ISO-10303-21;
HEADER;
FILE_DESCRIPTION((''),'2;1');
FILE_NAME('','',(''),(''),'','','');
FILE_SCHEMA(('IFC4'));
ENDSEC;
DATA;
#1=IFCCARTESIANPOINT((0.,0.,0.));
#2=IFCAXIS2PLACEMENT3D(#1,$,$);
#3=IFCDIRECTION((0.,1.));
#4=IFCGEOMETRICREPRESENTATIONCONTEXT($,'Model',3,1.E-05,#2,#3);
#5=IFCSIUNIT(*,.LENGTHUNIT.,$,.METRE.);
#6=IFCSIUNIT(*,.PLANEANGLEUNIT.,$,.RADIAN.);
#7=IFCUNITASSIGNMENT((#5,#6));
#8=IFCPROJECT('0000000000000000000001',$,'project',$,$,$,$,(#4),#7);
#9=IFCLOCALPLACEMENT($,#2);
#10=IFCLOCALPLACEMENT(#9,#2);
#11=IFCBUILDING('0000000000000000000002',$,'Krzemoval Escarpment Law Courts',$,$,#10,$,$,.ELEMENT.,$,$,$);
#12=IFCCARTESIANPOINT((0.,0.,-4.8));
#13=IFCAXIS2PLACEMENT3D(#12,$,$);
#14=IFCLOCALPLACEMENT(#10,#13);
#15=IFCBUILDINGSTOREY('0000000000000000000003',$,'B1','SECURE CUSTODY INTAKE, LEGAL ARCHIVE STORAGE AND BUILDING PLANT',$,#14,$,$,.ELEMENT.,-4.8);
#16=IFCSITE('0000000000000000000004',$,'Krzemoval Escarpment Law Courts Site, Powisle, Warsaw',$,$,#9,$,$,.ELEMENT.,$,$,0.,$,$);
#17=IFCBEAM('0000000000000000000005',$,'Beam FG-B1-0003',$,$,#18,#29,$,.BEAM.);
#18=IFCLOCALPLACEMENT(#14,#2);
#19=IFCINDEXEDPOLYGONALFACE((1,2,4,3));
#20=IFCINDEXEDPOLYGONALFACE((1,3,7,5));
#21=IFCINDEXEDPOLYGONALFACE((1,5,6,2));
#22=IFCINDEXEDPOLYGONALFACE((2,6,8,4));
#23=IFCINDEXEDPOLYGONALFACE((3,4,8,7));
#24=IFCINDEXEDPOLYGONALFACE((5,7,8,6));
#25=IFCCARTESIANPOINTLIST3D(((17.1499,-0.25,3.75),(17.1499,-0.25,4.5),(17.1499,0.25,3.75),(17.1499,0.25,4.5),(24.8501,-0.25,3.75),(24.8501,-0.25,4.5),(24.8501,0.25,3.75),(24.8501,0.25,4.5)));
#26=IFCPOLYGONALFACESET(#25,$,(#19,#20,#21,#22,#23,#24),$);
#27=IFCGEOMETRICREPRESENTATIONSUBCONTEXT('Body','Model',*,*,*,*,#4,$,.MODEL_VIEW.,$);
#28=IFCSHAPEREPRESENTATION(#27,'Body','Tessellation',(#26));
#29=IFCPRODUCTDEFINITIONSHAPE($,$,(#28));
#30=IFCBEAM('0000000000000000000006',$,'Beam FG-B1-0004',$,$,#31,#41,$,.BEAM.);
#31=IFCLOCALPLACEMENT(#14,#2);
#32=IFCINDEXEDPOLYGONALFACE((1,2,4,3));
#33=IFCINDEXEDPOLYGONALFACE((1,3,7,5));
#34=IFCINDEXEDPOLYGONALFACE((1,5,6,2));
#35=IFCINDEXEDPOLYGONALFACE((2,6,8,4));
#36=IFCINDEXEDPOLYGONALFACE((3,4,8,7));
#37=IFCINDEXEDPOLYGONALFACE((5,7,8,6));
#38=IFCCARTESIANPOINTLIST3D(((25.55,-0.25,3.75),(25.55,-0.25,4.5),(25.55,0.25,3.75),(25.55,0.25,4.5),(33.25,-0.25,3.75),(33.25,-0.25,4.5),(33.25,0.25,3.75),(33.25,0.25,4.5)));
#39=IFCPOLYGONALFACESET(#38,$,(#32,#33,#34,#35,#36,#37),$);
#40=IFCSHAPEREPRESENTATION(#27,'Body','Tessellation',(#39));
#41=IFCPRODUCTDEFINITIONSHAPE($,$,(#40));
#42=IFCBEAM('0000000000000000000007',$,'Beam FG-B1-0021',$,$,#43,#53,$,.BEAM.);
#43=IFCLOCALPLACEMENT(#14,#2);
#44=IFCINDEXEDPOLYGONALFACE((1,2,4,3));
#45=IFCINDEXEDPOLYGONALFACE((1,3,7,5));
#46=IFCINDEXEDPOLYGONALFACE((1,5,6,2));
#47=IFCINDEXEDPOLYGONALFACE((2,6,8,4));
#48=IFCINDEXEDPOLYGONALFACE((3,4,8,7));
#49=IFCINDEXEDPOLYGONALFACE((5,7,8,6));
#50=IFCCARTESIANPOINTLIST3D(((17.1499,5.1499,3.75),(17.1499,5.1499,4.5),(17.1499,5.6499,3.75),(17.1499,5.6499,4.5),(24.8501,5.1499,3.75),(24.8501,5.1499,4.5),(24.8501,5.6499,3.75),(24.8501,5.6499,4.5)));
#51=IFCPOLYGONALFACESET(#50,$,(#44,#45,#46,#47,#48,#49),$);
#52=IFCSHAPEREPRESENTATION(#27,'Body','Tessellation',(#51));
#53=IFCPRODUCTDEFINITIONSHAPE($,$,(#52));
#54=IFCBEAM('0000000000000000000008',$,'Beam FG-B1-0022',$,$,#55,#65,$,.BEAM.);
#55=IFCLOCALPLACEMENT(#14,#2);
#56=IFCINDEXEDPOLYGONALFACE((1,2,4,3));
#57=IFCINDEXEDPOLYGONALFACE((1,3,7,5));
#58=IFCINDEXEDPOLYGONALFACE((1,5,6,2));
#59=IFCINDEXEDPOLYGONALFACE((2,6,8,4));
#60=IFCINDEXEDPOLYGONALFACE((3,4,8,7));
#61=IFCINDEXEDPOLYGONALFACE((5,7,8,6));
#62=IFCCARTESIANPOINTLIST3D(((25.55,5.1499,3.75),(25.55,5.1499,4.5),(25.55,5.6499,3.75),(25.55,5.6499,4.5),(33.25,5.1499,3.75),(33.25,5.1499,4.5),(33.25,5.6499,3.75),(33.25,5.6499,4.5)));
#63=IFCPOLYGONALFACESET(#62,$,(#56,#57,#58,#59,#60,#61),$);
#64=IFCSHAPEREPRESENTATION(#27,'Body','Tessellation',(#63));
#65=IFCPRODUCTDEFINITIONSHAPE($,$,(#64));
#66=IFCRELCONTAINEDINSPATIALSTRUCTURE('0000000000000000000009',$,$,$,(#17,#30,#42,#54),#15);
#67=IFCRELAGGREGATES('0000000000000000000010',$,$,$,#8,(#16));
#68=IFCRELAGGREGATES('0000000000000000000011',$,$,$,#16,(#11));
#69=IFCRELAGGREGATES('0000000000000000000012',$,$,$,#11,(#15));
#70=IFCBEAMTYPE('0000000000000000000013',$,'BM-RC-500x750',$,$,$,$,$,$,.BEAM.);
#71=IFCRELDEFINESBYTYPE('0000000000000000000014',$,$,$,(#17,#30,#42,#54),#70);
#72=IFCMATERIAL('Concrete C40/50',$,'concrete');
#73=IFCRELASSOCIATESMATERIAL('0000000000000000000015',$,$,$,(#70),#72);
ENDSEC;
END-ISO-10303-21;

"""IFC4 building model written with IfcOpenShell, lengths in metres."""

from ifc_helpers import new_model, si_unit, direction, frame, origin, origin_2d, place, context, subcontext, project, spatial, rectangle, extrude, material, material_profile, profile_set, type_object, element, save


model = new_model("IFC4")

# Units and contexts
model_context = context("Model", 3, precision=1e-05, world=origin(), true_north=direction((0.0, 1.0)))
body_context = subcontext(model_context, "Body", "Model", "MODEL_VIEW")
ifc_project = project(units=[si_unit("LENGTHUNIT", "METRE"), si_unit("PLANEANGLEUNIT", "RADIAN")], contexts=[model_context])

# Site, building, storey
site_placement = place(None, origin())
site = spatial("IfcSite", under=ifc_project, at=site_placement, Name="Krzemoval Escarpment Law Courts Site, Powisle, Warsaw", CompositionType="ELEMENT", RefElevation=0.0)
building_placement = place(site_placement, origin())
building = spatial("IfcBuilding", under=site, at=building_placement, Name="Krzemoval Escarpment Law Courts", CompositionType="ELEMENT")
storey_placement = place(building_placement, frame((0.0, 0.0, -4.8)))
storey = spatial("IfcBuildingStorey", under=building, at=storey_placement, Name="B1", Description="SECURE CUSTODY INTAKE, LEGAL ARCHIVE STORAGE AND BUILDING PLANT", CompositionType="ELEMENT", Elevation=-4.8)

# Beams
ifc_material_1 = material(Name="Concrete C40/50", Category="concrete")
ifc_material_profile_1 = material_profile(ifc_material_1, rectangle(XDim=0.5, YDim=0.75, at=origin_2d()), Name="RCB 500x750")
ifc_profile_set_1 = profile_set([ifc_material_profile_1], Name="Concrete C40/50")
beam_type_1 = type_object("IfcBeamType", Name="BM-RC-500x750", PredefinedType="BEAM", material=ifc_profile_set_1)
beam_1_placement = place(storey_placement, frame((17.1499, 0.0, 4.125), z_axis=(1.0, 0.0, 0.0), x_axis=(0.0, 1.0, 0.0)))
element("IfcBeam", 1, at=beam_1_placement, inside=storey, type_object=beam_type_1, Name="Beam FG-B1-0003", PredefinedType="BEAM", context=body_context, shape_type="SweptSolid", body=[
    extrude(rectangle(XDim=0.5, YDim=0.75, at=origin_2d()), origin(), (0.0, 0.0, 1.0), 7.7002),
])
beam_2_placement = place(storey_placement, frame((25.55, 0.0, 4.125), z_axis=(1.0, 0.0, 0.0), x_axis=(0.0, 1.0, 0.0)))
element("IfcBeam", 2, at=beam_2_placement, inside=storey, type_object=beam_type_1, Name="Beam FG-B1-0004", PredefinedType="BEAM", context=body_context, shape_type="SweptSolid", body=[
    extrude(rectangle(XDim=0.5, YDim=0.75, at=origin_2d()), origin(), (0.0, 0.0, 1.0), 7.7),
])
beam_3_placement = place(storey_placement, frame((17.1499, 5.3999, 4.125), z_axis=(1.0, 0.0, 0.0), x_axis=(0.0, 1.0, 0.0)))
element("IfcBeam", 3, at=beam_3_placement, inside=storey, type_object=beam_type_1, Name="Beam FG-B1-0021", PredefinedType="BEAM", context=body_context, shape_type="SweptSolid", body=[
    extrude(rectangle(XDim=0.5, YDim=0.75, at=origin_2d()), origin(), (0.0, 0.0, 1.0), 7.7002),
])
beam_4_placement = place(storey_placement, frame((25.55, 5.3999, 4.125), z_axis=(1.0, 0.0, 0.0), x_axis=(0.0, 1.0, 0.0)))
element("IfcBeam", 4, at=beam_4_placement, inside=storey, type_object=beam_type_1, Name="Beam FG-B1-0022", PredefinedType="BEAM", context=body_context, shape_type="SweptSolid", body=[
    extrude(rectangle(XDim=0.5, YDim=0.75, at=origin_2d()), origin(), (0.0, 0.0, 1.0), 7.7),
])

save(model, "model.ifc")
